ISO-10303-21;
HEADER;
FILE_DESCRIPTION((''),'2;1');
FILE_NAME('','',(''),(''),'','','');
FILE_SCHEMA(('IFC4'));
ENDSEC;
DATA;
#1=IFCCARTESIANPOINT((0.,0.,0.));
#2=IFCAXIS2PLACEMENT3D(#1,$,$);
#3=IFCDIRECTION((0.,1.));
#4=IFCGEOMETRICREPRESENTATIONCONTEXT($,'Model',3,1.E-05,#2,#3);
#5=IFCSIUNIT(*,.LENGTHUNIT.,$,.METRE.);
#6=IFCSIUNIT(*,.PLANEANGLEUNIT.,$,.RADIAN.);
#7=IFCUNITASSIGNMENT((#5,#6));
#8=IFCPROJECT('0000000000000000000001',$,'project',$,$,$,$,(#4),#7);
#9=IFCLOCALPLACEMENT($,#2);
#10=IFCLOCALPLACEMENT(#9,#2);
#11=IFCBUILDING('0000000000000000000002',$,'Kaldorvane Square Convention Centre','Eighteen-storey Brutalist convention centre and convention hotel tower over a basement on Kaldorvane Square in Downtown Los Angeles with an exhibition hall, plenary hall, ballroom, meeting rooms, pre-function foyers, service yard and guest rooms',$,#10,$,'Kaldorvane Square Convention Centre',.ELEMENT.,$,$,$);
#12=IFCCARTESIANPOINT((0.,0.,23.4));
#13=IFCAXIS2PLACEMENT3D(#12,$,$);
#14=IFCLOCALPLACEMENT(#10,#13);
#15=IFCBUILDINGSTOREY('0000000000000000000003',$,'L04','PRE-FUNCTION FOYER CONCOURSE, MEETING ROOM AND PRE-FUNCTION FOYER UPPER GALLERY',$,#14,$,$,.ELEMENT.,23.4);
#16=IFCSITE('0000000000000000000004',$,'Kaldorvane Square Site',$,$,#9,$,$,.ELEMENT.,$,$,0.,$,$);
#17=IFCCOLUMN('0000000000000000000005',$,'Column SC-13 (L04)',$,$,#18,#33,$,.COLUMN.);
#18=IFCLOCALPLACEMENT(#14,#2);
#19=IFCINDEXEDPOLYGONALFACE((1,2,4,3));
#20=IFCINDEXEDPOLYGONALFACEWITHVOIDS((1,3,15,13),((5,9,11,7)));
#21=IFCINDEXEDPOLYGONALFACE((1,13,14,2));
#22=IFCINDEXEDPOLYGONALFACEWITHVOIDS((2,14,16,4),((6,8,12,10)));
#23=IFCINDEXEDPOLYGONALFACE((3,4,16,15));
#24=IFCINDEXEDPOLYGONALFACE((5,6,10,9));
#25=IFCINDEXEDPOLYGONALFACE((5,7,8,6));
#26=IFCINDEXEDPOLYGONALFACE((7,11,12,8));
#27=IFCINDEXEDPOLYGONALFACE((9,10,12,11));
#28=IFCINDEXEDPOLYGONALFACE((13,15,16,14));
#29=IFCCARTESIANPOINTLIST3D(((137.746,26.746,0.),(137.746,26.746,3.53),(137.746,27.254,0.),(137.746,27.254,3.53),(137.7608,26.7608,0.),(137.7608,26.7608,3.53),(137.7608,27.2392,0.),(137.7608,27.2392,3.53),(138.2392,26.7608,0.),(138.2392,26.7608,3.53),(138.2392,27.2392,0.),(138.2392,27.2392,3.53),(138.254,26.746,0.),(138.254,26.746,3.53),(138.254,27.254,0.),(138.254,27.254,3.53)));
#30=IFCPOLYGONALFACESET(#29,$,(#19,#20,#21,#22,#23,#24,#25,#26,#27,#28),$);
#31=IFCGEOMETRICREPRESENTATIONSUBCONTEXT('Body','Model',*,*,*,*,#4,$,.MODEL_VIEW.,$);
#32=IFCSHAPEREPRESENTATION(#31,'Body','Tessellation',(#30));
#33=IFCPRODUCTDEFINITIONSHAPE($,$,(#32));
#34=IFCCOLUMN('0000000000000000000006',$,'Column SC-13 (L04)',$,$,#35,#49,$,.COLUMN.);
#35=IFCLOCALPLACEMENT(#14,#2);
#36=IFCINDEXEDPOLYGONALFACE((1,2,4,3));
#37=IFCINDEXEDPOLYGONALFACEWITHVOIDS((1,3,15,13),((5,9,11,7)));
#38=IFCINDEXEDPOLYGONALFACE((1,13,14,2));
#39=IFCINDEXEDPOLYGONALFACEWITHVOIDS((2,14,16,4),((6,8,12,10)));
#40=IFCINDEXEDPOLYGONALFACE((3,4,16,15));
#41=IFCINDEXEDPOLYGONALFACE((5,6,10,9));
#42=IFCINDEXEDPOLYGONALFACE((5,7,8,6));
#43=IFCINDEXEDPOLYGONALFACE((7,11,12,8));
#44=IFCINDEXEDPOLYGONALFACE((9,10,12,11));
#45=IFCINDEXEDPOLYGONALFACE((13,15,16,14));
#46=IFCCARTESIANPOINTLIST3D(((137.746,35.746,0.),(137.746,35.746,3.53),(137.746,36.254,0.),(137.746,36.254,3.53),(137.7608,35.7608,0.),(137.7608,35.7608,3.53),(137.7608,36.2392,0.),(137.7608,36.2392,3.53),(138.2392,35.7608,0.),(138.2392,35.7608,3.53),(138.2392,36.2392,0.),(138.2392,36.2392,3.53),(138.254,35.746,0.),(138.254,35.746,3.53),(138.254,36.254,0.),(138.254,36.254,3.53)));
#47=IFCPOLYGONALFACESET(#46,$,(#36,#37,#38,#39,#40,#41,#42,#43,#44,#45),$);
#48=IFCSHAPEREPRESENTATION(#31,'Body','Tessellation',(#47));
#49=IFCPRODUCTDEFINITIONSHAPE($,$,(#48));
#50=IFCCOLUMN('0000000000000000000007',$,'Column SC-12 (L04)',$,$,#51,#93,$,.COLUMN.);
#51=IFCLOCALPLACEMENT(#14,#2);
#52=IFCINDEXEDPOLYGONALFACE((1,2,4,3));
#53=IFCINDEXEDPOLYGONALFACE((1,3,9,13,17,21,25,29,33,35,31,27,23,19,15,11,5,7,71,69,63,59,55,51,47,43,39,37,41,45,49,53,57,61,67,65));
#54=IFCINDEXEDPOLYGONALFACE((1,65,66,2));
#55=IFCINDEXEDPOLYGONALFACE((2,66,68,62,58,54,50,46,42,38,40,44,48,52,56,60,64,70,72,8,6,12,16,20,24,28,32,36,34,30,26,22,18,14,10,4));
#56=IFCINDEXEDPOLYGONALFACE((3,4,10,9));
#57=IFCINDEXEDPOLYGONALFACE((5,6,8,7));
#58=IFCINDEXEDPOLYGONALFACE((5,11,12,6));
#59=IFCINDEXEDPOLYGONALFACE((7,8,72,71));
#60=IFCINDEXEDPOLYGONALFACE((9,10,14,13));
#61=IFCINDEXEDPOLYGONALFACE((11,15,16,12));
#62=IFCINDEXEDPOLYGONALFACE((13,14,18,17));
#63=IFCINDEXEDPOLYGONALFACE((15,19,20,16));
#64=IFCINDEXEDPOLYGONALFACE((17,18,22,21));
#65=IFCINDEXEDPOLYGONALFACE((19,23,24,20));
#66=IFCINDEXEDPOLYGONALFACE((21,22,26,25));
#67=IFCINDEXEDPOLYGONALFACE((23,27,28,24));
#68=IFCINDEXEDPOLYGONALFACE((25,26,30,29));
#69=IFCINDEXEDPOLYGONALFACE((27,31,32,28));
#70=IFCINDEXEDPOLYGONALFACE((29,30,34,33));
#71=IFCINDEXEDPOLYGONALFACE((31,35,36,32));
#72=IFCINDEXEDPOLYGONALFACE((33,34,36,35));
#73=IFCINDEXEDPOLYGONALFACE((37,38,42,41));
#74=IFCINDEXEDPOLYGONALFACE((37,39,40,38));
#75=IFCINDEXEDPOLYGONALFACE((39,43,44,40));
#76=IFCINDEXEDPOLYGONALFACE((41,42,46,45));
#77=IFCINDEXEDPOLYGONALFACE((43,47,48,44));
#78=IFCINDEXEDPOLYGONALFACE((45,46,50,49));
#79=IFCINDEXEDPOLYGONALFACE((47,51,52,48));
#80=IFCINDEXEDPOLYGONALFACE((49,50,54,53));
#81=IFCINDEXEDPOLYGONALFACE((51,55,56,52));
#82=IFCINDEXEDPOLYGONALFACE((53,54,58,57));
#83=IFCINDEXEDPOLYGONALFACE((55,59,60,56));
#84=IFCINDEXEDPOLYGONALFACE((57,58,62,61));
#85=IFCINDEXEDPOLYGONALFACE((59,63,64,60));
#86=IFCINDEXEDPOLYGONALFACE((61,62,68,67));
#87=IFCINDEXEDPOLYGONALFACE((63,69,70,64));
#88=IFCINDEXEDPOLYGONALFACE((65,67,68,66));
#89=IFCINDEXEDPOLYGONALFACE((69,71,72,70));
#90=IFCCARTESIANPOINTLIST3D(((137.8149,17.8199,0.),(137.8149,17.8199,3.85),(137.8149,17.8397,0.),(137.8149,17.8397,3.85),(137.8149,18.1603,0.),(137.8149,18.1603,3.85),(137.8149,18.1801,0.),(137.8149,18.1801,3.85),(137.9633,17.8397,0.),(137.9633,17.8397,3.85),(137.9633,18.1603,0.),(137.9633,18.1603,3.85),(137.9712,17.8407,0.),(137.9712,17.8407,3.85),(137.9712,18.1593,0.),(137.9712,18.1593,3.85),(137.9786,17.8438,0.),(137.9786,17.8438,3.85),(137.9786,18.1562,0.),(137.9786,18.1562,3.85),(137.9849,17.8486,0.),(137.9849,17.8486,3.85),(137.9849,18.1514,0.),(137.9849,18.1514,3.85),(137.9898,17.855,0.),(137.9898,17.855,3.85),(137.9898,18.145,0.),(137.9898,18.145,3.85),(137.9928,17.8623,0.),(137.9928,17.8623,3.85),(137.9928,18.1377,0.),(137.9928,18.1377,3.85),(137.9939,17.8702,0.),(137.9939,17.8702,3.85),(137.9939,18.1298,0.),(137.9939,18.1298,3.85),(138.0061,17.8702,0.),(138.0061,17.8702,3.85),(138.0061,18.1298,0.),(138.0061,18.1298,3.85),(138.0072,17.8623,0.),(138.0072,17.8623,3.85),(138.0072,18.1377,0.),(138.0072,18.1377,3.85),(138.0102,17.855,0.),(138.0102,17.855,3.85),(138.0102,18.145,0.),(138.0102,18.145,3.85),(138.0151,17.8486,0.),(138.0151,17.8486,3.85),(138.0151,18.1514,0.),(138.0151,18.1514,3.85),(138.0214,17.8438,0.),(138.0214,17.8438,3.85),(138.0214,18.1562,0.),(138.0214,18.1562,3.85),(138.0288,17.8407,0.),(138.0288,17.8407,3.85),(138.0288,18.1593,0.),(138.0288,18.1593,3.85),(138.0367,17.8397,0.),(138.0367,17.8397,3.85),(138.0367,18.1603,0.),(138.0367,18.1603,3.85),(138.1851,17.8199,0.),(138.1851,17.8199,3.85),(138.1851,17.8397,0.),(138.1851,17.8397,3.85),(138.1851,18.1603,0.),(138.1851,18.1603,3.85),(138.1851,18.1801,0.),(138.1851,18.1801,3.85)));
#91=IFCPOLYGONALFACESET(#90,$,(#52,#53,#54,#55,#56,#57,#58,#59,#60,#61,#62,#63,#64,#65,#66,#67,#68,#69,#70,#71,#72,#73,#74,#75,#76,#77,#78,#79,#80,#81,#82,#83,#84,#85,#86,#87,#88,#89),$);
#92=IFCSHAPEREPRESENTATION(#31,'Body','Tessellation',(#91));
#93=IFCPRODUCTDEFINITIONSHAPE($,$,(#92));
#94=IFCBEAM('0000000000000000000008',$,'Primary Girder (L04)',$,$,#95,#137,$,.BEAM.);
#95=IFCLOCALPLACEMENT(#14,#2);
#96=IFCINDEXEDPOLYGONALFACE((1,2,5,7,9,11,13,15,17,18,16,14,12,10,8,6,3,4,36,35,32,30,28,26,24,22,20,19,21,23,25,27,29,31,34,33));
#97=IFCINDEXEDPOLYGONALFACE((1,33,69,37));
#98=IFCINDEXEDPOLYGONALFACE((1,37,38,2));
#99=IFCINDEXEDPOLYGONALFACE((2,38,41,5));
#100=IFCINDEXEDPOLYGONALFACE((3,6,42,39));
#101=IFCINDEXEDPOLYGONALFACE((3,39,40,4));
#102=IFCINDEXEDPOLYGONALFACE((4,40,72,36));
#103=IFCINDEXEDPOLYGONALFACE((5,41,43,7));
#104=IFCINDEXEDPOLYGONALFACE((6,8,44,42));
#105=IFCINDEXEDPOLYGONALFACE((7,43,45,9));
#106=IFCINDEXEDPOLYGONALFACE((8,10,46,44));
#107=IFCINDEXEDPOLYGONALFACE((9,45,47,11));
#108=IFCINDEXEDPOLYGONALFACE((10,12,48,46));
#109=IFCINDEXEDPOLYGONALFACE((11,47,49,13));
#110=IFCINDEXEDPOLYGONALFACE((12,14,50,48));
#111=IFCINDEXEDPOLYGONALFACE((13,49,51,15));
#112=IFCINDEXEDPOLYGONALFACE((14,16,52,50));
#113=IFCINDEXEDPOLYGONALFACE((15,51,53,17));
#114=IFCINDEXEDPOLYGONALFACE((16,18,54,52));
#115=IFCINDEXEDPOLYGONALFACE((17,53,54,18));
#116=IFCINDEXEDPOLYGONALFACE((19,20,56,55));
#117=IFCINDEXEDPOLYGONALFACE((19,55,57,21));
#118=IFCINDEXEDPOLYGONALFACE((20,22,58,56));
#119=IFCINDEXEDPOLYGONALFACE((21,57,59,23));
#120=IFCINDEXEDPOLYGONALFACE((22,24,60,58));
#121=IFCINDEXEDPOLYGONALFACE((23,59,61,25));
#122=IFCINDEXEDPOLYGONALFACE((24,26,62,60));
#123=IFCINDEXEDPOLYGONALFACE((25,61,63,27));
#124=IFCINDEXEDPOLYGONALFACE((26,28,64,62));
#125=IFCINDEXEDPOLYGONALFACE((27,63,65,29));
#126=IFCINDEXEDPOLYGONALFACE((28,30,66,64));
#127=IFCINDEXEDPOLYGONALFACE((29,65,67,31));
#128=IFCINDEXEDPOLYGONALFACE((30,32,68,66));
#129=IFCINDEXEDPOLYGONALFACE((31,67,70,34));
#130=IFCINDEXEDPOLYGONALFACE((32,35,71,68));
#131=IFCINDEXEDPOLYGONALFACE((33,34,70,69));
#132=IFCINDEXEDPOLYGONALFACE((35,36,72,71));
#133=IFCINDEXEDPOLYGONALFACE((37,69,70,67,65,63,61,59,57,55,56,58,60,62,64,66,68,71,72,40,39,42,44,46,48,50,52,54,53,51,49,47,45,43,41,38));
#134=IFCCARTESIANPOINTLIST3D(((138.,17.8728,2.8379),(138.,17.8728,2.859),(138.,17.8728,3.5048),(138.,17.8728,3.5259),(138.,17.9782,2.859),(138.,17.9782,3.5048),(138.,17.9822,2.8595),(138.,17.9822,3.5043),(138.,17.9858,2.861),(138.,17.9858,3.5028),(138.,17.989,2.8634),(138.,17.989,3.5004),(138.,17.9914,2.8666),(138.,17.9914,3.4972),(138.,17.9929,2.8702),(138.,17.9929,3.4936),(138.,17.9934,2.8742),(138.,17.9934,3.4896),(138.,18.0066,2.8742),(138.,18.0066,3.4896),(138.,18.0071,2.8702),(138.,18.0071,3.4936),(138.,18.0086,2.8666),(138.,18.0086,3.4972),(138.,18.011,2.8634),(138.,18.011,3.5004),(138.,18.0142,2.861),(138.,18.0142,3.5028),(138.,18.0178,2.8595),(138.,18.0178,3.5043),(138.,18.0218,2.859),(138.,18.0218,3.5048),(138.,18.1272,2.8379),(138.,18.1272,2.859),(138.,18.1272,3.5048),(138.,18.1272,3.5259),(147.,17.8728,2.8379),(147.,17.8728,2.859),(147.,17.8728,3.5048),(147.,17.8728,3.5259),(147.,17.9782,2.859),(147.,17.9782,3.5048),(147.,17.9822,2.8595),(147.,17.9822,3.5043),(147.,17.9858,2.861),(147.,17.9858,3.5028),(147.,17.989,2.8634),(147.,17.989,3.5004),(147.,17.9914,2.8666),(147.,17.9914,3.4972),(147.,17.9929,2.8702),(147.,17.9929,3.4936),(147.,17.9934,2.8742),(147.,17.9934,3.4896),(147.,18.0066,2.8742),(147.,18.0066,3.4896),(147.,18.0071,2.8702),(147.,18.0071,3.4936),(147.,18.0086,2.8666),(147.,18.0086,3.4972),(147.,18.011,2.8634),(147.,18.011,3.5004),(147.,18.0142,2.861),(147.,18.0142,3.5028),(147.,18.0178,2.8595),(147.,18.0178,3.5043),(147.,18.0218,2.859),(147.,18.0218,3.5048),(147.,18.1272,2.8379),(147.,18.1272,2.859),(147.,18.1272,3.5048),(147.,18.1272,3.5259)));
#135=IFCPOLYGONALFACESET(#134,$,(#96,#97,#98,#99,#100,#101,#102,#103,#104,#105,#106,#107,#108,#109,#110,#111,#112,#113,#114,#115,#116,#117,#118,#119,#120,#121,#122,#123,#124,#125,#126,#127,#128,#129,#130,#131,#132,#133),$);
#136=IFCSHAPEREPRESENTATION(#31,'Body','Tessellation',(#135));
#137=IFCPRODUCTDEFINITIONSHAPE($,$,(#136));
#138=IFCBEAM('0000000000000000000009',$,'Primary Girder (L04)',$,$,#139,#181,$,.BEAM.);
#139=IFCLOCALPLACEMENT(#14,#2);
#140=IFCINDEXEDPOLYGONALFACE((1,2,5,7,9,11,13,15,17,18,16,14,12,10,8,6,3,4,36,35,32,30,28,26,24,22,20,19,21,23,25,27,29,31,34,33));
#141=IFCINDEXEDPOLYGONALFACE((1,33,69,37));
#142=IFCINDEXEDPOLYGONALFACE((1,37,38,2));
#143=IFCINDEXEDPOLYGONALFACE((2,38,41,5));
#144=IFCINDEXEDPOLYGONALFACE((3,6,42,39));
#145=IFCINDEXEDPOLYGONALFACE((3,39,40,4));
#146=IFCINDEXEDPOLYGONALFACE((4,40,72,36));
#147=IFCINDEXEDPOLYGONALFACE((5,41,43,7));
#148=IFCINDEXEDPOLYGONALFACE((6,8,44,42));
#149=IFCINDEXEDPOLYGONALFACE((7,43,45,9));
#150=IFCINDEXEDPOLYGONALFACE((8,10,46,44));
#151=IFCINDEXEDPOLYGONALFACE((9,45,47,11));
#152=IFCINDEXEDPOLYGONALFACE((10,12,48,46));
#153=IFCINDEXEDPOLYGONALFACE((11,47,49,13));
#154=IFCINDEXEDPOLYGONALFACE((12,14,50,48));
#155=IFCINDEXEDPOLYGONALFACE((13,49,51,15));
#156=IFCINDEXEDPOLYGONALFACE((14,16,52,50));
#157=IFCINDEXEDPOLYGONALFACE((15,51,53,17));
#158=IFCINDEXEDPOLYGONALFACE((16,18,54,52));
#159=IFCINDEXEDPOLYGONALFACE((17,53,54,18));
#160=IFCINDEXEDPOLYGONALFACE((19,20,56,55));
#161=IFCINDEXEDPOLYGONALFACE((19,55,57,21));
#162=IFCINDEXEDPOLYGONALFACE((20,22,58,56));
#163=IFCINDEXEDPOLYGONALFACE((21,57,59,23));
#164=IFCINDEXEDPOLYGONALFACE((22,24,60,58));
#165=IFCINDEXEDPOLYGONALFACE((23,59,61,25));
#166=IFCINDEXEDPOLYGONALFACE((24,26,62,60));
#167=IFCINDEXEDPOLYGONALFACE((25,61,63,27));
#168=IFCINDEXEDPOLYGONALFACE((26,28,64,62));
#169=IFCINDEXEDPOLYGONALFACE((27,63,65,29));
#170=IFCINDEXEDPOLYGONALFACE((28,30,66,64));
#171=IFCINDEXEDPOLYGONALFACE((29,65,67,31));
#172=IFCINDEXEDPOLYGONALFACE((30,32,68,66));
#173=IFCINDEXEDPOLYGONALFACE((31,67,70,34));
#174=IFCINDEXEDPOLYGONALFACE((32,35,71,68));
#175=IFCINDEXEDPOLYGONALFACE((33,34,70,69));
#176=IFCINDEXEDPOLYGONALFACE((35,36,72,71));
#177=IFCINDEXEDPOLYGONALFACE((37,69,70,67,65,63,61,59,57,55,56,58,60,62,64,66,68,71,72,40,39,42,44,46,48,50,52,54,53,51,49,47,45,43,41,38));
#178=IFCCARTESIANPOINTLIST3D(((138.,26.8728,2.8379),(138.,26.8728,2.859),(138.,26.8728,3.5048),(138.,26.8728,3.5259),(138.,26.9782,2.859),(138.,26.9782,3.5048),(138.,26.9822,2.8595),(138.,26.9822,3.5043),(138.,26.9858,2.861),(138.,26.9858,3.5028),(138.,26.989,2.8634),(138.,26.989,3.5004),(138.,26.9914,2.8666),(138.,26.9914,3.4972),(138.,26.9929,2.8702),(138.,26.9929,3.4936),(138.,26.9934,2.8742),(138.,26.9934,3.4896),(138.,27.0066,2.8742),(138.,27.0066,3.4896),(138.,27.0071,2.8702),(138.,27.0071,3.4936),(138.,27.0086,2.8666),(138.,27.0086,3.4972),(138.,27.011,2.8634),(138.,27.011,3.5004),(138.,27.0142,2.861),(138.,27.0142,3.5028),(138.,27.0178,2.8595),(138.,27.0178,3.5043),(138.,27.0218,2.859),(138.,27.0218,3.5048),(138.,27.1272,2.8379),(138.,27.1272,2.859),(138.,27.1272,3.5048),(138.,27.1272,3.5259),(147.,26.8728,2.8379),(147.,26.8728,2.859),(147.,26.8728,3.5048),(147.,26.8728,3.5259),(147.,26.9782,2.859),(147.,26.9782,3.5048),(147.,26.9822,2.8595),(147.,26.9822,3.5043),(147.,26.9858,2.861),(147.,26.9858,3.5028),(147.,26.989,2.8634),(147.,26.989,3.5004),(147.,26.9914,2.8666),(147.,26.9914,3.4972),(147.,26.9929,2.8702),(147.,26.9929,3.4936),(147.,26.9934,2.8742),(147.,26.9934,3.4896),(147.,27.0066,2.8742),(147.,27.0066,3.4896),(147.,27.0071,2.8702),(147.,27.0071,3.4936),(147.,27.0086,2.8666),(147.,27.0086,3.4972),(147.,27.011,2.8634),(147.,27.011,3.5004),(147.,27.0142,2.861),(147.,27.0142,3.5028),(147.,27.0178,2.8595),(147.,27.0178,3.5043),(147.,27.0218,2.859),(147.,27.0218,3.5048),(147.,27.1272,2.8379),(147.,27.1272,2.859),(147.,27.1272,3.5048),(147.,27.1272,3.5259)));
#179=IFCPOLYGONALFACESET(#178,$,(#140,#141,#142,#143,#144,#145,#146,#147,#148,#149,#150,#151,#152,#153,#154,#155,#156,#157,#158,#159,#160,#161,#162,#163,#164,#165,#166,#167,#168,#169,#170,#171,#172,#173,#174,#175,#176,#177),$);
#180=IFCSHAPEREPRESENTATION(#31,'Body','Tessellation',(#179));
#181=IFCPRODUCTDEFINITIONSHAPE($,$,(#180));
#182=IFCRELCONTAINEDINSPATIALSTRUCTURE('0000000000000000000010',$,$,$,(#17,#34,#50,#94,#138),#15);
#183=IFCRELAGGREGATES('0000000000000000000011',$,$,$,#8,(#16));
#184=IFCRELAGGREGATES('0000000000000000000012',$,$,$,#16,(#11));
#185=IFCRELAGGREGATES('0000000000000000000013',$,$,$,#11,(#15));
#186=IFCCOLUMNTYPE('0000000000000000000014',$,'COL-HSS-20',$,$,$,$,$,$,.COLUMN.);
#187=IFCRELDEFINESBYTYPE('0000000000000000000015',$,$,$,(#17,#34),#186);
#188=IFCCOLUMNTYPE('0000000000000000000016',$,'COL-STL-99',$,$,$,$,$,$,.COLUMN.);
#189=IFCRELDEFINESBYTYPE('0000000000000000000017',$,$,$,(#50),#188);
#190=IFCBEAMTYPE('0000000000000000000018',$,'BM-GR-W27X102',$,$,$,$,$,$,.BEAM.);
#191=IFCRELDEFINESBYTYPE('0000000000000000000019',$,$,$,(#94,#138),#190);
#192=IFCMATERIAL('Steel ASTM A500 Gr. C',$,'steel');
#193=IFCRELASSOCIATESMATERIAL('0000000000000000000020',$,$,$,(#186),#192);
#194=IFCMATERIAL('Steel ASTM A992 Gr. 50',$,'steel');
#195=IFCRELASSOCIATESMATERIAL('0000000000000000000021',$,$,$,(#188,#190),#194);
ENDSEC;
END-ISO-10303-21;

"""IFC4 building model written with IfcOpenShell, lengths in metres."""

from ifc_helpers import new_model, si_unit, direction, frame, origin, origin_2d, place, context, subcontext, project, spatial, hollow_rectangle, i_section, extrude, material, material_profile, profile_set, type_object, element, save


model = new_model("IFC4")

# Units and contexts
model_context = context("Model", 3, precision=1e-05, world=origin(), true_north=direction((0.0, 1.0)))
body_context = subcontext(model_context, "Body", "Model", "MODEL_VIEW")
ifc_project = project(units=[si_unit("LENGTHUNIT", "METRE"), si_unit("PLANEANGLEUNIT", "RADIAN")], contexts=[model_context])

# Site, building, storey
site_placement = place(None, origin())
site = spatial("IfcSite", under=ifc_project, at=site_placement, Name="Kaldorvane Square Site", CompositionType="ELEMENT", RefElevation=0.0)
building_placement = place(site_placement, origin())
building = spatial("IfcBuilding", under=site, at=building_placement, Name="Kaldorvane Square Convention Centre", Description="Eighteen-storey Brutalist convention centre and convention hotel tower over a basement on Kaldorvane Square in Downtown Los Angeles with an exhibition hall, plenary hall, ballroom, meeting rooms, pre-function foyers, service yard and guest rooms", LongName="Kaldorvane Square Convention Centre", CompositionType="ELEMENT")
storey_placement = place(building_placement, frame((0.0, 0.0, 23.4)))
storey = spatial("IfcBuildingStorey", under=building, at=storey_placement, Name="L04", Description="PRE-FUNCTION FOYER CONCOURSE, MEETING ROOM AND PRE-FUNCTION FOYER UPPER GALLERY", CompositionType="ELEMENT", Elevation=23.4)

# Columns
ifc_material_1 = material(Name="Steel ASTM A500 Gr. C", Category="steel")
ifc_material_profile_1 = material_profile(ifc_material_1, hollow_rectangle(XDim=0.508, YDim=0.508, WallThickness=0.0148, at=origin_2d()), Name="HSS20X20X5/8")
ifc_profile_set_1 = profile_set([ifc_material_profile_1], Name="Steel ASTM A500 Gr. C")
column_type_1 = type_object("IfcColumnType", Name="COL-HSS-20", PredefinedType="COLUMN", material=ifc_profile_set_1)
for number, where, z_axis, x_axis, name in (
    (1, (138.0, 27.0, 0.0), (0.0, 0.0, 1.0), (1.0, 0.0, 0.0), "Column SC-13 (L04)"),
    (2, (138.0, 36.0, 0.0), (0.0, 0.0, 1.0), (1.0, 0.0, 0.0), "Column SC-13 (L04)"),
):
    element("IfcColumn", number, at=place(storey_placement, frame(where, z_axis=z_axis, x_axis=x_axis)), inside=storey, type_object=column_type_1, Name=name, PredefinedType="COLUMN", context=body_context, shape_type="SweptSolid", body=[
        extrude(hollow_rectangle(XDim=0.508, YDim=0.508, WallThickness=0.0148, at=origin_2d()), origin(), (0.0, 0.0, 1.0), 3.53),
    ])
ifc_material_2 = material(Name="Steel ASTM A992 Gr. 50", Category="steel")
ifc_material_profile_2 = material_profile(ifc_material_2, i_section(OverallWidth=0.3701, OverallDepth=0.3602, WebThickness=0.0123, FlangeThickness=0.0198, FilletRadius=0.0305, at=origin_2d()), Name="W14X99")
ifc_profile_set_2 = profile_set([ifc_material_profile_2], Name="Steel ASTM A992 Gr. 50")
column_type_2 = type_object("IfcColumnType", Name="COL-STL-99", PredefinedType="COLUMN", material=ifc_profile_set_2)
column_placement = place(storey_placement, frame((138.0, 18.0, 0.0), z_axis=(0.0, 0.0, 1.0), x_axis=(1.0, 0.0, 0.0)))
element("IfcColumn", 3, at=column_placement, inside=storey, type_object=column_type_2, Name="Column SC-12 (L04)", PredefinedType="COLUMN", context=body_context, shape_type="SweptSolid", body=[
    extrude(i_section(OverallWidth=0.3701, OverallDepth=0.3602, WebThickness=0.0123, FlangeThickness=0.0198, FilletRadius=0.0305, at=origin_2d()), origin(), (0.0, 0.0, 1.0), 3.85),
])

# Beams
ifc_material_profile_3 = material_profile(ifc_material_2, i_section(OverallWidth=0.2544, OverallDepth=0.6881, WebThickness=0.0131, FlangeThickness=0.0211, FilletRadius=0.0152, at=origin_2d()), Name="W27X102")
ifc_profile_set_3 = profile_set([ifc_material_profile_3], Name="Steel ASTM A992 Gr. 50")
beam_type_1 = type_object("IfcBeamType", Name="BM-GR-W27X102", PredefinedType="BEAM", material=ifc_profile_set_3)
for number, where, z_axis, x_axis, name in (
    (4, (138.0, 18.0, 3.1819), (1.0, 0.0, 0.0), (0.0, 1.0, 0.0), "Primary Girder (L04)"),
    (5, (138.0, 27.0, 3.1819), (1.0, 0.0, 0.0), (0.0, 1.0, 0.0), "Primary Girder (L04)"),
):
    element("IfcBeam", number, at=place(storey_placement, frame(where, z_axis=z_axis, x_axis=x_axis)), inside=storey, type_object=beam_type_1, Name=name, PredefinedType="BEAM", context=body_context, shape_type="SweptSolid", body=[
        extrude(i_section(OverallWidth=0.2544, OverallDepth=0.6881, WebThickness=0.0131, FlangeThickness=0.0211, FilletRadius=0.0152, at=origin_2d()), origin(), (0.0, 0.0, 1.0), 9.0),
    ])

save(model, "model.ifc")
